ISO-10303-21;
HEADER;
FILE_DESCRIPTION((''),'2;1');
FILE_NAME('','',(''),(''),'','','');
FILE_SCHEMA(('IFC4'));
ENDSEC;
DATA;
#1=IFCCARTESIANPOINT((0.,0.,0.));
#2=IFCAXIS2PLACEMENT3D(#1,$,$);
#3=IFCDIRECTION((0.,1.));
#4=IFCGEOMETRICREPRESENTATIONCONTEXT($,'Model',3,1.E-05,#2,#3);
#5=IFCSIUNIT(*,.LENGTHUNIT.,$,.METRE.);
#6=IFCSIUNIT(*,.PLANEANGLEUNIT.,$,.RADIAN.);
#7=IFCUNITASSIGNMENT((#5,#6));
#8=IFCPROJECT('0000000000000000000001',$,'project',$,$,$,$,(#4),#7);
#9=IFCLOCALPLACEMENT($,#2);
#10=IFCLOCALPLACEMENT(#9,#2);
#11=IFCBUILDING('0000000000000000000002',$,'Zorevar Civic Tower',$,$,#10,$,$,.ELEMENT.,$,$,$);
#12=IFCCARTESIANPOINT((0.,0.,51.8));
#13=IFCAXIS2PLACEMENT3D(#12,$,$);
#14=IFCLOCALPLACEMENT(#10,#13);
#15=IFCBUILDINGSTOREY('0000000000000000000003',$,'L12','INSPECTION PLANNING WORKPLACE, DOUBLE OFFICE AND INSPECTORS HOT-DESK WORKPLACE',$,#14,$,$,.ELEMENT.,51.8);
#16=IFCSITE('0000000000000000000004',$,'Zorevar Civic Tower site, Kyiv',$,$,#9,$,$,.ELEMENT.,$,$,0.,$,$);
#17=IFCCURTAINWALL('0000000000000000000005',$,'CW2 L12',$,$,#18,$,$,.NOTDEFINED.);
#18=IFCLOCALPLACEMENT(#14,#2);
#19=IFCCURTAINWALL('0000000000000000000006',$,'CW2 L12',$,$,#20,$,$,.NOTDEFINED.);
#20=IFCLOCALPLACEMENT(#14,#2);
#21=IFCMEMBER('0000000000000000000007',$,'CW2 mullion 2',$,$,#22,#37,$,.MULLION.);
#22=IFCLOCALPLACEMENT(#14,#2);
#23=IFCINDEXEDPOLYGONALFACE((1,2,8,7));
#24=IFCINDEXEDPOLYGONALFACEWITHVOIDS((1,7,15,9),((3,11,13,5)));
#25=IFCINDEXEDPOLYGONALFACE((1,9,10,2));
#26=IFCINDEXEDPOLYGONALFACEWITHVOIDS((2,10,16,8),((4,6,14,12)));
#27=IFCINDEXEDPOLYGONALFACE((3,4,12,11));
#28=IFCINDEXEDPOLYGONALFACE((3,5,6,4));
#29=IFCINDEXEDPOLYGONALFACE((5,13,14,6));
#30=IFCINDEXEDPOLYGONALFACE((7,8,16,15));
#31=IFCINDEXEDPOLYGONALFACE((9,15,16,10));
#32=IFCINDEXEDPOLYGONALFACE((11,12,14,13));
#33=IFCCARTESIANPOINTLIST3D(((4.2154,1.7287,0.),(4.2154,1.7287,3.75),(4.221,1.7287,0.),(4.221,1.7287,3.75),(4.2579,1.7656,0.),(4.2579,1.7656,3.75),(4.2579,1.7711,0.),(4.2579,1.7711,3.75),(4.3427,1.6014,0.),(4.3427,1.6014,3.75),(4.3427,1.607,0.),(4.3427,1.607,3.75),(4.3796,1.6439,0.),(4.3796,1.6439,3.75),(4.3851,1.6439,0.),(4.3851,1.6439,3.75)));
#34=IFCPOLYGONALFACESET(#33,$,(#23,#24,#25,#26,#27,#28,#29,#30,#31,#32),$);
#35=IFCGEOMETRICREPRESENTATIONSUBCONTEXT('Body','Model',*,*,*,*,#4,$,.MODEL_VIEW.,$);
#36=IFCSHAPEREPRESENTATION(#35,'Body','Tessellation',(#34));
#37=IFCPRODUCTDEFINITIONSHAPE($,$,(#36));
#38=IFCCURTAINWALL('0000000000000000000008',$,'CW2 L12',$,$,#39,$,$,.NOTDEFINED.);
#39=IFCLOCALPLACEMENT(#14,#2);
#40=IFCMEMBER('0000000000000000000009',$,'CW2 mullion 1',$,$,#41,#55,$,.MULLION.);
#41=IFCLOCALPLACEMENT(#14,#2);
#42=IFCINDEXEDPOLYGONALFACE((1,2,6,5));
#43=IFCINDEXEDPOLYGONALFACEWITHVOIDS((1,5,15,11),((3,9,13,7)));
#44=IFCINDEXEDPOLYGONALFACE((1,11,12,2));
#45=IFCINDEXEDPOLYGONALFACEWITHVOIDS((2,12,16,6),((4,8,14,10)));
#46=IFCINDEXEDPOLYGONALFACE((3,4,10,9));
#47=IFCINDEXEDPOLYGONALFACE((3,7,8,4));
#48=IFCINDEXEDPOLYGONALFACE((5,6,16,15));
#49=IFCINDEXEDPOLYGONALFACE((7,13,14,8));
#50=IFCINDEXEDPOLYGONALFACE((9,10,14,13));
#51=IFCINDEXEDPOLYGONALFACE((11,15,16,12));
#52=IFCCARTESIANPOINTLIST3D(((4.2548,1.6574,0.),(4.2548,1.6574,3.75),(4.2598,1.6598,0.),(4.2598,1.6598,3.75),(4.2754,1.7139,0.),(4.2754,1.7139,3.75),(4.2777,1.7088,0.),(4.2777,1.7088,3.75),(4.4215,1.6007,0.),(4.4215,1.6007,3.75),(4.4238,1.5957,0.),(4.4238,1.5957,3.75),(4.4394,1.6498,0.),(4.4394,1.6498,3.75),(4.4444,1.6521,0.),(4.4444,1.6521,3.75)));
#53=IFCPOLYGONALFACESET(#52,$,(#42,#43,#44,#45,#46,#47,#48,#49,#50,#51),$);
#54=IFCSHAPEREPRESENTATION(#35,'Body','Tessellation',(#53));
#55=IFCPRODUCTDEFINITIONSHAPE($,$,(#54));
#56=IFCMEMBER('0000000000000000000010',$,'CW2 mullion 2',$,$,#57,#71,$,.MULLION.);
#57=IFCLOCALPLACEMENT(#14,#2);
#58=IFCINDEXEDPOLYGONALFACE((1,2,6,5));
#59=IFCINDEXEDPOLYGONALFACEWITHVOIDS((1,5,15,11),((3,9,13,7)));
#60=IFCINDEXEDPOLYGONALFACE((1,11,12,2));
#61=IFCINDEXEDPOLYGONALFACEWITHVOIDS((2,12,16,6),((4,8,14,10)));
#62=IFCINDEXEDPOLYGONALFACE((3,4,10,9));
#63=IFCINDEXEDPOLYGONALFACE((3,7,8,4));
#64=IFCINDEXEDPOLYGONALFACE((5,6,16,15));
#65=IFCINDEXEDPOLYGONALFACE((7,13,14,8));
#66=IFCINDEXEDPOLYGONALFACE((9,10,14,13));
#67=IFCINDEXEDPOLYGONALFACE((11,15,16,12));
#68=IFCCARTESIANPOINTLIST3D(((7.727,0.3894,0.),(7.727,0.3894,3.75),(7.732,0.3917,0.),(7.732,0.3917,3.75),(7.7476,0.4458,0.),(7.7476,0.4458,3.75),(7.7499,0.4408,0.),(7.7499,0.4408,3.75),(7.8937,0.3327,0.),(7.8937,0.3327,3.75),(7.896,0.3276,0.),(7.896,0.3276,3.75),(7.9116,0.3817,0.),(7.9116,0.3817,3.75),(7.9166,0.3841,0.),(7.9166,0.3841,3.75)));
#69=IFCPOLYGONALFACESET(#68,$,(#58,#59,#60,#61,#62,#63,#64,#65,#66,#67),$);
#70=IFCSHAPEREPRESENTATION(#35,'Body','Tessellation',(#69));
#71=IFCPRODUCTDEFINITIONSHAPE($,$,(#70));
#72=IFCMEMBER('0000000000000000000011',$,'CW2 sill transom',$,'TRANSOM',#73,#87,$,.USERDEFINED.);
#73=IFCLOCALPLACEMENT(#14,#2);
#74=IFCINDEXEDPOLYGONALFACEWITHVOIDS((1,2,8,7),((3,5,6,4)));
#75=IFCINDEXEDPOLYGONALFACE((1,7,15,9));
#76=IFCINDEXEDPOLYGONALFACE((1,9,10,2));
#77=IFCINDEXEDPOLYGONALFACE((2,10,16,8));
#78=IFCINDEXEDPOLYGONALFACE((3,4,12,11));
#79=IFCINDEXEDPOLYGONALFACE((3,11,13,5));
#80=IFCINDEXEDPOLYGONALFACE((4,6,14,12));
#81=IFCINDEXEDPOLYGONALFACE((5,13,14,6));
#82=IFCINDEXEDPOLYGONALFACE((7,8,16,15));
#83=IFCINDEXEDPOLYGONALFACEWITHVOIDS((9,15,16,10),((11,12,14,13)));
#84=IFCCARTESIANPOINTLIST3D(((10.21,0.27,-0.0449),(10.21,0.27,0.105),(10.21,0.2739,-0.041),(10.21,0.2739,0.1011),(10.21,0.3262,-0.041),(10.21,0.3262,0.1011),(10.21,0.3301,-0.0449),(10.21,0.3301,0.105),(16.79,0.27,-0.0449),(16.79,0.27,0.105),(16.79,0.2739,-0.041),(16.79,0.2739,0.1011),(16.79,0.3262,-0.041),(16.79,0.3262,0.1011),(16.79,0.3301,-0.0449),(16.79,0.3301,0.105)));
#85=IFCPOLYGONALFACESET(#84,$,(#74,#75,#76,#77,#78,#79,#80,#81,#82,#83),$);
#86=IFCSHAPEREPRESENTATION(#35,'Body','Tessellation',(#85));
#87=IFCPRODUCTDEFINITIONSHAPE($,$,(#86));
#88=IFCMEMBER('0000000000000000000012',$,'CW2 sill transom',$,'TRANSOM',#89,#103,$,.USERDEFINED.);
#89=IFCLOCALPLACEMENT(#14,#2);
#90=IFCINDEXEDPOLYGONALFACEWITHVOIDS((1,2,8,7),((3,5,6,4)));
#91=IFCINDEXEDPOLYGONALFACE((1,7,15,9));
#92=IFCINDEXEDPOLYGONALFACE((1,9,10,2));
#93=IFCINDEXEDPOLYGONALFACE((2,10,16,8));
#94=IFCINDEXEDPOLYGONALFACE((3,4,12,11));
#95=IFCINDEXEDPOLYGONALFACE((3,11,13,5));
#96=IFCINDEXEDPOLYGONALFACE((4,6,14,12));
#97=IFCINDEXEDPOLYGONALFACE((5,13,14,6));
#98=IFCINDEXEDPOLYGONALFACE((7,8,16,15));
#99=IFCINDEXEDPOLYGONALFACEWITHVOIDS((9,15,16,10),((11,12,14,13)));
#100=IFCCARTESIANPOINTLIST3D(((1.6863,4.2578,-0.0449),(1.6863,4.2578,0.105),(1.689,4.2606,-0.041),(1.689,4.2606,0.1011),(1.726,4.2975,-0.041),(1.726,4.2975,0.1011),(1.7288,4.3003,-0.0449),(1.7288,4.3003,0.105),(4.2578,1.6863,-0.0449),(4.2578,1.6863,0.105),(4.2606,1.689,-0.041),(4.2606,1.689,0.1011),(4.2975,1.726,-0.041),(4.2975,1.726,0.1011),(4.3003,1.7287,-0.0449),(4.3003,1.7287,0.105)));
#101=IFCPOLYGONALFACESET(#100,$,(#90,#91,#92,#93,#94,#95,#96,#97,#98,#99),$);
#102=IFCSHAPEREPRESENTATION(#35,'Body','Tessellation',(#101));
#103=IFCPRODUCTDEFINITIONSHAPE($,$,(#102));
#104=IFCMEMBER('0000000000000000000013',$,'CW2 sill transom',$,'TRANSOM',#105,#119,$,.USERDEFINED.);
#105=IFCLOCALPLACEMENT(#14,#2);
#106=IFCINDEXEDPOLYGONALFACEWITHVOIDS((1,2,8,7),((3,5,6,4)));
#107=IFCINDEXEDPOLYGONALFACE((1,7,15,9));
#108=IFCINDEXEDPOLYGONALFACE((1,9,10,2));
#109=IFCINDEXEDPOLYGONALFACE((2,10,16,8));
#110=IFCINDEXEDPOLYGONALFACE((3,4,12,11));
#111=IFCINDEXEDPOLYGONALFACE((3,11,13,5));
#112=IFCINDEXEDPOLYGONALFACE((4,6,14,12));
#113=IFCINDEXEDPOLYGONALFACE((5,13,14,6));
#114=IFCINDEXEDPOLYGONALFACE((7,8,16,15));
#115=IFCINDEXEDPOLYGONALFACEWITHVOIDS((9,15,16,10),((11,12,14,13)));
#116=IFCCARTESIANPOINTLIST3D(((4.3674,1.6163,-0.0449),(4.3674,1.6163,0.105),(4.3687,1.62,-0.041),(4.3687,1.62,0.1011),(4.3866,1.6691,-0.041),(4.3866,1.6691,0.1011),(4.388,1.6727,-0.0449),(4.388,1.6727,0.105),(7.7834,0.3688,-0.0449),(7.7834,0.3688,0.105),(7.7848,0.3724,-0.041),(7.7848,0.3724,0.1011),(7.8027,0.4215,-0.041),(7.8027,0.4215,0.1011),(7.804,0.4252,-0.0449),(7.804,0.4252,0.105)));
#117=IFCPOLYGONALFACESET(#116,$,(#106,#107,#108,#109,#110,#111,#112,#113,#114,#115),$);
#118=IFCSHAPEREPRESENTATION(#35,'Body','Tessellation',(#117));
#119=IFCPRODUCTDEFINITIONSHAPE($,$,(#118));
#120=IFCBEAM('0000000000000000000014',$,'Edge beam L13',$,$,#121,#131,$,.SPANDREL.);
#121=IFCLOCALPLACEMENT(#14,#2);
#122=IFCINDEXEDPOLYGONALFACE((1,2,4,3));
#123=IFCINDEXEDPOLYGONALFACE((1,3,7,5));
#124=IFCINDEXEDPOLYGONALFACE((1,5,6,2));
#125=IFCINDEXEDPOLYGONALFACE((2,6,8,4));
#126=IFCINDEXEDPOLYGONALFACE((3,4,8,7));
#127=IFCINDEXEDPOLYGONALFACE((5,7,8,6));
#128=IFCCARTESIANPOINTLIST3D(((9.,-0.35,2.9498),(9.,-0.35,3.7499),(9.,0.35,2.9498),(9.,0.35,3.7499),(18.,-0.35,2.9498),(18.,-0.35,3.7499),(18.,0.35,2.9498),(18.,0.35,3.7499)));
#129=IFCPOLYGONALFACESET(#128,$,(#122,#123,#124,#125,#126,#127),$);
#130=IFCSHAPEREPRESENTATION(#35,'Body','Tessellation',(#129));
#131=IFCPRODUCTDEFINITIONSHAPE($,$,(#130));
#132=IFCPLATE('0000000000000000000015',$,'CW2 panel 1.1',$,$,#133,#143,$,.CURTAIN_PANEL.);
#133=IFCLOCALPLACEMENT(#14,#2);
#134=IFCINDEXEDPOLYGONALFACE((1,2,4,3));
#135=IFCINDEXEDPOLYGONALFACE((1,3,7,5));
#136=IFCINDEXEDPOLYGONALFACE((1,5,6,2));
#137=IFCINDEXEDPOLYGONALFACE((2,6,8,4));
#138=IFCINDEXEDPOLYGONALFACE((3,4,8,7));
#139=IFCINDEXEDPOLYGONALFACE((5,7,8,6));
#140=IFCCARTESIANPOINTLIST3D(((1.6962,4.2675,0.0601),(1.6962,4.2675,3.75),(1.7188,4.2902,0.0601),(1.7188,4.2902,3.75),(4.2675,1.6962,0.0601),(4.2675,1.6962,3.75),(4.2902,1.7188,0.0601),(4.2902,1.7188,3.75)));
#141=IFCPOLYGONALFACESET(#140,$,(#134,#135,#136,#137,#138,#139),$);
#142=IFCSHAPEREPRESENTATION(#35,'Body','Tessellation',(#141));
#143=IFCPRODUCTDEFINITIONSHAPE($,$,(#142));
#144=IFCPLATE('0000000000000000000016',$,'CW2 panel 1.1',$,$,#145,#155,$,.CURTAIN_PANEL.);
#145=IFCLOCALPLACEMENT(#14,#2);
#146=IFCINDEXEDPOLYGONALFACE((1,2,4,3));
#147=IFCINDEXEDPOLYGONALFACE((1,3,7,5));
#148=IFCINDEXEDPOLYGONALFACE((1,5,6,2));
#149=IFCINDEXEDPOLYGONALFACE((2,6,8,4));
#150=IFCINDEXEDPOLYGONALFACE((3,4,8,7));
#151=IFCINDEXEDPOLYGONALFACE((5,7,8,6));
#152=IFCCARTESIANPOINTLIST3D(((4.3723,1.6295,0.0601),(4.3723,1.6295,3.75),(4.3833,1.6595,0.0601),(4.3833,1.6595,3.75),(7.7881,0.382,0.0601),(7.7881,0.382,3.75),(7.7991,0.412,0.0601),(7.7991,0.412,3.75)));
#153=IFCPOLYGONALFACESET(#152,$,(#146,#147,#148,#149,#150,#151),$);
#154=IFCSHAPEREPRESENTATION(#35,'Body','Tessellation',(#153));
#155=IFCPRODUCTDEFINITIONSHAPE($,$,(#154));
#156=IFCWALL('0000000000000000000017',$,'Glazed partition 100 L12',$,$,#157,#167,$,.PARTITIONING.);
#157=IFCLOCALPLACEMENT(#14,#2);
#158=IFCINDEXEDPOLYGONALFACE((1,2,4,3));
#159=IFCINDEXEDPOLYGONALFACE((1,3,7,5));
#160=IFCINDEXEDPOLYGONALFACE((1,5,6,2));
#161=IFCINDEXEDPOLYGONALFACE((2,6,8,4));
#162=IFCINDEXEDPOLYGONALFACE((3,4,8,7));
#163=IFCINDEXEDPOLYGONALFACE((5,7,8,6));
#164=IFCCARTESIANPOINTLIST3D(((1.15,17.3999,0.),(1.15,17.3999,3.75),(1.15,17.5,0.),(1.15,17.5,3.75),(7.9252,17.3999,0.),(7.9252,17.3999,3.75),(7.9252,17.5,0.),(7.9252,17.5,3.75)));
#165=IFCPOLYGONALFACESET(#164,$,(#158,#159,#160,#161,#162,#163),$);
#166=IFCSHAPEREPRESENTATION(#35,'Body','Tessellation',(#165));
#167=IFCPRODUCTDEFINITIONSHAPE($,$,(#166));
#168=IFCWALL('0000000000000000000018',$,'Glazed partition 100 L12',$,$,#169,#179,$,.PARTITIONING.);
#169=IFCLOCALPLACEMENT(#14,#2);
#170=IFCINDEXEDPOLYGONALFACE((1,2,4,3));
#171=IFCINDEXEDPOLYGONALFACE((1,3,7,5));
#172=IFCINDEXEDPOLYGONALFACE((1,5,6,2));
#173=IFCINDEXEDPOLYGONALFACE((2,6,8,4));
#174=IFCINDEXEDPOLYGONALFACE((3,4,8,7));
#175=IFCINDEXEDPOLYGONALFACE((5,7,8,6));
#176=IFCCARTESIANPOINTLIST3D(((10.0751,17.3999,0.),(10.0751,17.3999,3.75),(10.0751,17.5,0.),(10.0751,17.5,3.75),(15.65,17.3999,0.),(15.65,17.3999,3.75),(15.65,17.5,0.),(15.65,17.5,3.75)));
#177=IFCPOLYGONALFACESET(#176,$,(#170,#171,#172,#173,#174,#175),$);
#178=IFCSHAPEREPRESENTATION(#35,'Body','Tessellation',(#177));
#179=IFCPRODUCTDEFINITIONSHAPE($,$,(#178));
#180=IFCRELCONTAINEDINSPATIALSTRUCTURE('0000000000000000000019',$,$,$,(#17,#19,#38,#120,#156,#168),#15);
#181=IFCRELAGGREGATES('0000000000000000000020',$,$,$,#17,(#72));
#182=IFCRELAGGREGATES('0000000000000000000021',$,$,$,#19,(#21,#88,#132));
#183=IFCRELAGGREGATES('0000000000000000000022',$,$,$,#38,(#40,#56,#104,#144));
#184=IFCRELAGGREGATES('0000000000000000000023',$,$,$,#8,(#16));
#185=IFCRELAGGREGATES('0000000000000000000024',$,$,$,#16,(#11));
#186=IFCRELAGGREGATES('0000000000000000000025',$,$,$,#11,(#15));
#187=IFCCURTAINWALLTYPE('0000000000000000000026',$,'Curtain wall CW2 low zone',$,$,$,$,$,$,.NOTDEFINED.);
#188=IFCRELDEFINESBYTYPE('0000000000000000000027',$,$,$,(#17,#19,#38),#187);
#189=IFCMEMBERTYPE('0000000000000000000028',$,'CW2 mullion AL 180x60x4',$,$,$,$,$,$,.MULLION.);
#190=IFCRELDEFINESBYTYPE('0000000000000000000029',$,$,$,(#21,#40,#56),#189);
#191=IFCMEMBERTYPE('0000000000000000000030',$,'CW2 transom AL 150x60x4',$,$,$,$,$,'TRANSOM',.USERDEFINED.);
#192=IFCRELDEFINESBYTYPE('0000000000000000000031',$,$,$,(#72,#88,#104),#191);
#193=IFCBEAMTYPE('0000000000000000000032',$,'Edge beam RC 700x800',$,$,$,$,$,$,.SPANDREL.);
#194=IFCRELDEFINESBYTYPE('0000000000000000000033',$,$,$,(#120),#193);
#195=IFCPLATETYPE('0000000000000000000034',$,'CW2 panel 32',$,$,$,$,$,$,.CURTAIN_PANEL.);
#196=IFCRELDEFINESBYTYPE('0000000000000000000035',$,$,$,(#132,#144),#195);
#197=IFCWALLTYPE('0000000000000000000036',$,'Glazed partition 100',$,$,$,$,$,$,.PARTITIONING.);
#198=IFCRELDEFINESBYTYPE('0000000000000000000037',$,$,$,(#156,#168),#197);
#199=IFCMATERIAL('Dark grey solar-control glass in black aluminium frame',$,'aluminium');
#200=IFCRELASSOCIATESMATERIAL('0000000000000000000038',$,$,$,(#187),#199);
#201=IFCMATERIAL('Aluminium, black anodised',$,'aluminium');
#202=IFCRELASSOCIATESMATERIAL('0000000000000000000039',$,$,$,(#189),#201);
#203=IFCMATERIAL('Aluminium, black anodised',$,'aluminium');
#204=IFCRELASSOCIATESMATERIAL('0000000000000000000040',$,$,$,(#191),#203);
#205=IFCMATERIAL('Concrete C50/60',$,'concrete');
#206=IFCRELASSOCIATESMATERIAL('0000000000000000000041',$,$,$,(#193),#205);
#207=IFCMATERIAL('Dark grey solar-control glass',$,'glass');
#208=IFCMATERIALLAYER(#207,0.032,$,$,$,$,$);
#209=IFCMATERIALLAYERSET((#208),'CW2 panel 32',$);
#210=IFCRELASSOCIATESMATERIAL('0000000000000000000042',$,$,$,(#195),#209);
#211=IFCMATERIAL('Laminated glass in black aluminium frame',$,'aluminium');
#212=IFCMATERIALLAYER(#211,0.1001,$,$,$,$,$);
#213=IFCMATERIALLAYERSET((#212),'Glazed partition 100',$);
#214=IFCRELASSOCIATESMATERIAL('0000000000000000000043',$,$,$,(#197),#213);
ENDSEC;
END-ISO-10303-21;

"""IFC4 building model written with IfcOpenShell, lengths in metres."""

from ifc_helpers import new_model, si_unit, direction, frame, frame_2d, origin, origin_2d, place, context, subcontext, project, spatial, rectangle, hollow_rectangle, extrude, material, layer, layer_set, material_profile, profile_set, type_object, element, aggregate, save


model = new_model("IFC4")

# Units and contexts
model_context = context("Model", 3, precision=1e-05, world=origin(), true_north=direction((0.0, 1.0)))
body_context = subcontext(model_context, "Body", "Model", "MODEL_VIEW")
ifc_project = project(units=[si_unit("LENGTHUNIT", "METRE"), si_unit("PLANEANGLEUNIT", "RADIAN")], contexts=[model_context])

# Site, building, storey
site_placement = place(None, origin())
site = spatial("IfcSite", under=ifc_project, at=site_placement, Name="Zorevar Civic Tower site, Kyiv", CompositionType="ELEMENT", RefElevation=0.0)
building_placement = place(site_placement, origin())
building = spatial("IfcBuilding", under=site, at=building_placement, Name="Zorevar Civic Tower", CompositionType="ELEMENT")
storey_placement = place(building_placement, frame((0.0, 0.0, 51.8)))
storey = spatial("IfcBuildingStorey", under=building, at=storey_placement, Name="L12", Description="INSPECTION PLANNING WORKPLACE, DOUBLE OFFICE AND INSPECTORS HOT-DESK WORKPLACE", CompositionType="ELEMENT", Elevation=51.8)

# Curtain wall
ifc_material_1 = material(Name="Dark grey solar-control glass in black aluminium frame", Category="aluminium")
curtain_wall_type = type_object("IfcCurtainWallType", Name="Curtain wall CW2 low zone", PredefinedType="NOTDEFINED", material=ifc_material_1)
curtain_wall_1_placement = place(storey_placement, origin())
curtain_wall_1 = element("IfcCurtainWall", 1, at=curtain_wall_1_placement, inside=storey, type_object=curtain_wall_type, Name="CW2 L12", PredefinedType="NOTDEFINED")
ifc_material_2 = material(Name="Aluminium, black anodised", Category="aluminium")
ifc_material_profile_1 = material_profile(ifc_material_2, hollow_rectangle(XDim=0.0601, YDim=0.1799, WallThickness=0.0039, at=origin_2d()), Name="AL 180x60x4")
ifc_profile_set_1 = profile_set([ifc_material_profile_1], Name="Aluminium, black anodised")
member_type_1 = type_object("IfcMemberType", Name="CW2 mullion AL 180x60x4", PredefinedType="MULLION", material=ifc_profile_set_1)

# Curtain walls, members
curtain_wall_2_placement = place(storey_placement, origin())
curtain_wall_2 = element("IfcCurtainWall", 2, at=curtain_wall_2_placement, inside=storey, type_object=curtain_wall_type, Name="CW2 L12", PredefinedType="NOTDEFINED")
member_1_placement = place(storey_placement, frame((4.3003, 1.6863, 0.0), z_axis=(0.0, 0.0, 1.0), x_axis=(0.707107, 0.707107, 0.0)))
member_1 = element("IfcMember", 3, at=member_1_placement, type_object=member_type_1, Name="CW2 mullion 2", PredefinedType="MULLION", context=body_context, shape_type="SweptSolid", body=[
    extrude(hollow_rectangle(XDim=0.0601, YDim=0.1799, WallThickness=0.0039, at=origin_2d()), origin(), (0.0, 0.0, 1.0), 3.75),
])
curtain_wall_3_placement = place(storey_placement, origin())
curtain_wall_3 = element("IfcCurtainWall", 4, at=curtain_wall_3_placement, inside=storey, type_object=curtain_wall_type, Name="CW2 L12", PredefinedType="NOTDEFINED")
member_2_placement = place(storey_placement, frame((4.3496, 1.6548, 0.0), z_axis=(0.0, 0.0, 1.0), x_axis=(0.34306, 0.939313, 0.0)))
member_2 = element("IfcMember", 5, at=member_2_placement, type_object=member_type_1, Name="CW2 mullion 1", PredefinedType="MULLION", context=body_context, shape_type="SweptSolid", body=[
    extrude(hollow_rectangle(XDim=0.0601, YDim=0.1799, WallThickness=0.0039, at=origin_2d()), origin(), (0.0, 0.0, 1.0), 3.75),
])
member_3_placement = place(storey_placement, frame((7.8218, 0.3867, 0.0), z_axis=(0.0, 0.0, 1.0), x_axis=(0.34306, 0.939313, 0.0)))
member_3 = element("IfcMember", 6, at=member_3_placement, type_object=member_type_1, Name="CW2 mullion 2", PredefinedType="MULLION", context=body_context, shape_type="SweptSolid", body=[
    extrude(hollow_rectangle(XDim=0.0601, YDim=0.1799, WallThickness=0.0039, at=origin_2d()), origin(), (0.0, 0.0, 1.0), 3.75),
])

# Members
ifc_material_3 = material(Name="Aluminium, black anodised", Category="aluminium")
ifc_material_profile_2 = material_profile(ifc_material_3, hollow_rectangle(XDim=0.0601, YDim=0.1499, WallThickness=0.0039, at=origin_2d()), Name="AL 150x60x4")
ifc_profile_set_2 = profile_set([ifc_material_profile_2], Name="Aluminium, black anodised")
member_type_2 = type_object("IfcMemberType", Name="CW2 transom AL 150x60x4", ElementType="TRANSOM", PredefinedType="USERDEFINED", material=ifc_profile_set_2)
member_4_placement = place(storey_placement, frame((10.21, 0.3, 0.03), z_axis=(1.0, 0.0, 0.0), x_axis=(0.0, 1.0, 0.0)))
member_4 = element("IfcMember", 7, at=member_4_placement, type_object=member_type_2, Name="CW2 sill transom", ObjectType="TRANSOM", PredefinedType="USERDEFINED", context=body_context, shape_type="SweptSolid", body=[
    extrude(hollow_rectangle(XDim=0.0601, YDim=0.1499, WallThickness=0.0039, at=origin_2d()), origin(), (0.0, 0.0, 1.0), 6.5801),
])
aggregate(curtain_wall_1, [member_4])
member_5_placement = place(storey_placement, frame((1.7075, 4.2791, 0.03), z_axis=(0.707107, -0.707107, 0.0), x_axis=(0.707107, 0.707107, 0.0)))
member_5 = element("IfcMember", 8, at=member_5_placement, type_object=member_type_2, Name="CW2 sill transom", ObjectType="TRANSOM", PredefinedType="USERDEFINED", context=body_context, shape_type="SweptSolid", body=[
    extrude(hollow_rectangle(XDim=0.0601, YDim=0.1499, WallThickness=0.0039, at=origin_2d()), origin(), (0.0, 0.0, 1.0), 3.6367),
])
member_6_placement = place(storey_placement, frame((4.3777, 1.6445, 0.03), z_axis=(0.939318, -0.343047, 0.0), x_axis=(0.343047, 0.939318, 0.0)))
member_6 = element("IfcMember", 9, at=member_6_placement, type_object=member_type_2, Name="CW2 sill transom", ObjectType="TRANSOM", PredefinedType="USERDEFINED", context=body_context, shape_type="SweptSolid", body=[
    extrude(hollow_rectangle(XDim=0.0601, YDim=0.1499, WallThickness=0.0039, at=origin_2d()), origin(), (0.0, 0.0, 1.0), 3.6367),
])

# Beam
ifc_material_4 = material(Name="Concrete C50/60", Category="concrete")
ifc_material_profile_3 = material_profile(ifc_material_4, rectangle(XDim=0.7, YDim=0.8, at=origin_2d()), Name="RC 700x800")
ifc_profile_set_3 = profile_set([ifc_material_profile_3], Name="Concrete C50/60")
beam_type_1 = type_object("IfcBeamType", Name="Edge beam RC 700x800", PredefinedType="SPANDREL", material=ifc_profile_set_3)
beam_1_placement = place(storey_placement, frame((9.0, 0.0, 3.3499), z_axis=(1.0, 0.0, 0.0), x_axis=(0.0, 1.0, 0.0)))
element("IfcBeam", 10, at=beam_1_placement, inside=storey, type_object=beam_type_1, Name="Edge beam L13", PredefinedType="SPANDREL", context=body_context, shape_type="SweptSolid", body=[
    extrude(rectangle(XDim=0.7, YDim=0.8, at=origin_2d()), origin(), (0.0, 0.0, 1.0), 9.0),
])

# Plates
ifc_material_5 = material(Name="Dark grey solar-control glass", Category="glass")
ifc_layer_1 = layer(ifc_material_5, 0.032)
ifc_layer_set_1 = layer_set([ifc_layer_1], Name="CW2 panel 32")
plate_type = type_object("IfcPlateType", Name="CW2 panel 32", PredefinedType="CURTAIN_PANEL", material=ifc_layer_set_1)
plate_1_placement = place(storey_placement, frame((2.9932, 2.9932, 0.0601), z_axis=(0.0, 0.0, 1.0), x_axis=(0.707107, -0.707107, 0.0)))
plate_1 = element("IfcPlate", 11, at=plate_1_placement, type_object=plate_type, Name="CW2 panel 1.1", PredefinedType="CURTAIN_PANEL", context=body_context, shape_type="SweptSolid", body=[
    extrude(rectangle(XDim=3.6365, YDim=0.032, at=origin_2d()), origin(), (0.0, 0.0, 1.0), 3.6899),
])
aggregate(curtain_wall_2, [member_1, member_5, plate_1])
plate_2_placement = place(storey_placement, frame((6.0857, 1.0208, 0.0601), z_axis=(0.0, 0.0, 1.0), x_axis=(0.939313, -0.34306, 0.0)))
plate_2 = element("IfcPlate", 12, at=plate_2_placement, type_object=plate_type, Name="CW2 panel 1.1", PredefinedType="CURTAIN_PANEL", context=body_context, shape_type="SweptSolid", body=[
    extrude(rectangle(XDim=3.6365, YDim=0.032, at=origin_2d()), origin(), (0.0, 0.0, 1.0), 3.6899),
])
aggregate(curtain_wall_3, [member_2, member_3, member_6, plate_2])

# Walls
ifc_material_6 = material(Name="Laminated glass in black aluminium frame", Category="aluminium")
ifc_layer_2 = layer(ifc_material_6, 0.1001)
ifc_layer_set_2 = layer_set([ifc_layer_2], Name="Glazed partition 100")
wall_type_1 = type_object("IfcWallType", Name="Glazed partition 100", PredefinedType="PARTITIONING", material=ifc_layer_set_2)
wall_1_placement = place(storey_placement, frame((1.1499, 17.45, 0.0), z_axis=(0.0, 0.0, 1.0), x_axis=(1.0, 0.0, 0.0)))
element("IfcWall", 13, at=wall_1_placement, inside=storey, type_object=wall_type_1, Name="Glazed partition 100 L12", PredefinedType="PARTITIONING", context=body_context, shape_type="SweptSolid", body=[
    extrude(rectangle(XDim=6.7751, YDim=0.1001, at=frame_2d((3.3877, 0.0))), origin(), (0.0, 0.0, 1.0), 3.75),
])
wall_2_placement = place(storey_placement, frame((10.075, 17.45, 0.0), z_axis=(0.0, 0.0, 1.0), x_axis=(1.0, 0.0, 0.0)))
element("IfcWall", 14, at=wall_2_placement, inside=storey, type_object=wall_type_1, Name="Glazed partition 100 L12", PredefinedType="PARTITIONING", context=body_context, shape_type="SweptSolid", body=[
    extrude(rectangle(XDim=5.575, YDim=0.1001, at=frame_2d((2.7876, 0.0))), origin(), (0.0, 0.0, 1.0), 3.75),
])

save(model, "model.ifc")
